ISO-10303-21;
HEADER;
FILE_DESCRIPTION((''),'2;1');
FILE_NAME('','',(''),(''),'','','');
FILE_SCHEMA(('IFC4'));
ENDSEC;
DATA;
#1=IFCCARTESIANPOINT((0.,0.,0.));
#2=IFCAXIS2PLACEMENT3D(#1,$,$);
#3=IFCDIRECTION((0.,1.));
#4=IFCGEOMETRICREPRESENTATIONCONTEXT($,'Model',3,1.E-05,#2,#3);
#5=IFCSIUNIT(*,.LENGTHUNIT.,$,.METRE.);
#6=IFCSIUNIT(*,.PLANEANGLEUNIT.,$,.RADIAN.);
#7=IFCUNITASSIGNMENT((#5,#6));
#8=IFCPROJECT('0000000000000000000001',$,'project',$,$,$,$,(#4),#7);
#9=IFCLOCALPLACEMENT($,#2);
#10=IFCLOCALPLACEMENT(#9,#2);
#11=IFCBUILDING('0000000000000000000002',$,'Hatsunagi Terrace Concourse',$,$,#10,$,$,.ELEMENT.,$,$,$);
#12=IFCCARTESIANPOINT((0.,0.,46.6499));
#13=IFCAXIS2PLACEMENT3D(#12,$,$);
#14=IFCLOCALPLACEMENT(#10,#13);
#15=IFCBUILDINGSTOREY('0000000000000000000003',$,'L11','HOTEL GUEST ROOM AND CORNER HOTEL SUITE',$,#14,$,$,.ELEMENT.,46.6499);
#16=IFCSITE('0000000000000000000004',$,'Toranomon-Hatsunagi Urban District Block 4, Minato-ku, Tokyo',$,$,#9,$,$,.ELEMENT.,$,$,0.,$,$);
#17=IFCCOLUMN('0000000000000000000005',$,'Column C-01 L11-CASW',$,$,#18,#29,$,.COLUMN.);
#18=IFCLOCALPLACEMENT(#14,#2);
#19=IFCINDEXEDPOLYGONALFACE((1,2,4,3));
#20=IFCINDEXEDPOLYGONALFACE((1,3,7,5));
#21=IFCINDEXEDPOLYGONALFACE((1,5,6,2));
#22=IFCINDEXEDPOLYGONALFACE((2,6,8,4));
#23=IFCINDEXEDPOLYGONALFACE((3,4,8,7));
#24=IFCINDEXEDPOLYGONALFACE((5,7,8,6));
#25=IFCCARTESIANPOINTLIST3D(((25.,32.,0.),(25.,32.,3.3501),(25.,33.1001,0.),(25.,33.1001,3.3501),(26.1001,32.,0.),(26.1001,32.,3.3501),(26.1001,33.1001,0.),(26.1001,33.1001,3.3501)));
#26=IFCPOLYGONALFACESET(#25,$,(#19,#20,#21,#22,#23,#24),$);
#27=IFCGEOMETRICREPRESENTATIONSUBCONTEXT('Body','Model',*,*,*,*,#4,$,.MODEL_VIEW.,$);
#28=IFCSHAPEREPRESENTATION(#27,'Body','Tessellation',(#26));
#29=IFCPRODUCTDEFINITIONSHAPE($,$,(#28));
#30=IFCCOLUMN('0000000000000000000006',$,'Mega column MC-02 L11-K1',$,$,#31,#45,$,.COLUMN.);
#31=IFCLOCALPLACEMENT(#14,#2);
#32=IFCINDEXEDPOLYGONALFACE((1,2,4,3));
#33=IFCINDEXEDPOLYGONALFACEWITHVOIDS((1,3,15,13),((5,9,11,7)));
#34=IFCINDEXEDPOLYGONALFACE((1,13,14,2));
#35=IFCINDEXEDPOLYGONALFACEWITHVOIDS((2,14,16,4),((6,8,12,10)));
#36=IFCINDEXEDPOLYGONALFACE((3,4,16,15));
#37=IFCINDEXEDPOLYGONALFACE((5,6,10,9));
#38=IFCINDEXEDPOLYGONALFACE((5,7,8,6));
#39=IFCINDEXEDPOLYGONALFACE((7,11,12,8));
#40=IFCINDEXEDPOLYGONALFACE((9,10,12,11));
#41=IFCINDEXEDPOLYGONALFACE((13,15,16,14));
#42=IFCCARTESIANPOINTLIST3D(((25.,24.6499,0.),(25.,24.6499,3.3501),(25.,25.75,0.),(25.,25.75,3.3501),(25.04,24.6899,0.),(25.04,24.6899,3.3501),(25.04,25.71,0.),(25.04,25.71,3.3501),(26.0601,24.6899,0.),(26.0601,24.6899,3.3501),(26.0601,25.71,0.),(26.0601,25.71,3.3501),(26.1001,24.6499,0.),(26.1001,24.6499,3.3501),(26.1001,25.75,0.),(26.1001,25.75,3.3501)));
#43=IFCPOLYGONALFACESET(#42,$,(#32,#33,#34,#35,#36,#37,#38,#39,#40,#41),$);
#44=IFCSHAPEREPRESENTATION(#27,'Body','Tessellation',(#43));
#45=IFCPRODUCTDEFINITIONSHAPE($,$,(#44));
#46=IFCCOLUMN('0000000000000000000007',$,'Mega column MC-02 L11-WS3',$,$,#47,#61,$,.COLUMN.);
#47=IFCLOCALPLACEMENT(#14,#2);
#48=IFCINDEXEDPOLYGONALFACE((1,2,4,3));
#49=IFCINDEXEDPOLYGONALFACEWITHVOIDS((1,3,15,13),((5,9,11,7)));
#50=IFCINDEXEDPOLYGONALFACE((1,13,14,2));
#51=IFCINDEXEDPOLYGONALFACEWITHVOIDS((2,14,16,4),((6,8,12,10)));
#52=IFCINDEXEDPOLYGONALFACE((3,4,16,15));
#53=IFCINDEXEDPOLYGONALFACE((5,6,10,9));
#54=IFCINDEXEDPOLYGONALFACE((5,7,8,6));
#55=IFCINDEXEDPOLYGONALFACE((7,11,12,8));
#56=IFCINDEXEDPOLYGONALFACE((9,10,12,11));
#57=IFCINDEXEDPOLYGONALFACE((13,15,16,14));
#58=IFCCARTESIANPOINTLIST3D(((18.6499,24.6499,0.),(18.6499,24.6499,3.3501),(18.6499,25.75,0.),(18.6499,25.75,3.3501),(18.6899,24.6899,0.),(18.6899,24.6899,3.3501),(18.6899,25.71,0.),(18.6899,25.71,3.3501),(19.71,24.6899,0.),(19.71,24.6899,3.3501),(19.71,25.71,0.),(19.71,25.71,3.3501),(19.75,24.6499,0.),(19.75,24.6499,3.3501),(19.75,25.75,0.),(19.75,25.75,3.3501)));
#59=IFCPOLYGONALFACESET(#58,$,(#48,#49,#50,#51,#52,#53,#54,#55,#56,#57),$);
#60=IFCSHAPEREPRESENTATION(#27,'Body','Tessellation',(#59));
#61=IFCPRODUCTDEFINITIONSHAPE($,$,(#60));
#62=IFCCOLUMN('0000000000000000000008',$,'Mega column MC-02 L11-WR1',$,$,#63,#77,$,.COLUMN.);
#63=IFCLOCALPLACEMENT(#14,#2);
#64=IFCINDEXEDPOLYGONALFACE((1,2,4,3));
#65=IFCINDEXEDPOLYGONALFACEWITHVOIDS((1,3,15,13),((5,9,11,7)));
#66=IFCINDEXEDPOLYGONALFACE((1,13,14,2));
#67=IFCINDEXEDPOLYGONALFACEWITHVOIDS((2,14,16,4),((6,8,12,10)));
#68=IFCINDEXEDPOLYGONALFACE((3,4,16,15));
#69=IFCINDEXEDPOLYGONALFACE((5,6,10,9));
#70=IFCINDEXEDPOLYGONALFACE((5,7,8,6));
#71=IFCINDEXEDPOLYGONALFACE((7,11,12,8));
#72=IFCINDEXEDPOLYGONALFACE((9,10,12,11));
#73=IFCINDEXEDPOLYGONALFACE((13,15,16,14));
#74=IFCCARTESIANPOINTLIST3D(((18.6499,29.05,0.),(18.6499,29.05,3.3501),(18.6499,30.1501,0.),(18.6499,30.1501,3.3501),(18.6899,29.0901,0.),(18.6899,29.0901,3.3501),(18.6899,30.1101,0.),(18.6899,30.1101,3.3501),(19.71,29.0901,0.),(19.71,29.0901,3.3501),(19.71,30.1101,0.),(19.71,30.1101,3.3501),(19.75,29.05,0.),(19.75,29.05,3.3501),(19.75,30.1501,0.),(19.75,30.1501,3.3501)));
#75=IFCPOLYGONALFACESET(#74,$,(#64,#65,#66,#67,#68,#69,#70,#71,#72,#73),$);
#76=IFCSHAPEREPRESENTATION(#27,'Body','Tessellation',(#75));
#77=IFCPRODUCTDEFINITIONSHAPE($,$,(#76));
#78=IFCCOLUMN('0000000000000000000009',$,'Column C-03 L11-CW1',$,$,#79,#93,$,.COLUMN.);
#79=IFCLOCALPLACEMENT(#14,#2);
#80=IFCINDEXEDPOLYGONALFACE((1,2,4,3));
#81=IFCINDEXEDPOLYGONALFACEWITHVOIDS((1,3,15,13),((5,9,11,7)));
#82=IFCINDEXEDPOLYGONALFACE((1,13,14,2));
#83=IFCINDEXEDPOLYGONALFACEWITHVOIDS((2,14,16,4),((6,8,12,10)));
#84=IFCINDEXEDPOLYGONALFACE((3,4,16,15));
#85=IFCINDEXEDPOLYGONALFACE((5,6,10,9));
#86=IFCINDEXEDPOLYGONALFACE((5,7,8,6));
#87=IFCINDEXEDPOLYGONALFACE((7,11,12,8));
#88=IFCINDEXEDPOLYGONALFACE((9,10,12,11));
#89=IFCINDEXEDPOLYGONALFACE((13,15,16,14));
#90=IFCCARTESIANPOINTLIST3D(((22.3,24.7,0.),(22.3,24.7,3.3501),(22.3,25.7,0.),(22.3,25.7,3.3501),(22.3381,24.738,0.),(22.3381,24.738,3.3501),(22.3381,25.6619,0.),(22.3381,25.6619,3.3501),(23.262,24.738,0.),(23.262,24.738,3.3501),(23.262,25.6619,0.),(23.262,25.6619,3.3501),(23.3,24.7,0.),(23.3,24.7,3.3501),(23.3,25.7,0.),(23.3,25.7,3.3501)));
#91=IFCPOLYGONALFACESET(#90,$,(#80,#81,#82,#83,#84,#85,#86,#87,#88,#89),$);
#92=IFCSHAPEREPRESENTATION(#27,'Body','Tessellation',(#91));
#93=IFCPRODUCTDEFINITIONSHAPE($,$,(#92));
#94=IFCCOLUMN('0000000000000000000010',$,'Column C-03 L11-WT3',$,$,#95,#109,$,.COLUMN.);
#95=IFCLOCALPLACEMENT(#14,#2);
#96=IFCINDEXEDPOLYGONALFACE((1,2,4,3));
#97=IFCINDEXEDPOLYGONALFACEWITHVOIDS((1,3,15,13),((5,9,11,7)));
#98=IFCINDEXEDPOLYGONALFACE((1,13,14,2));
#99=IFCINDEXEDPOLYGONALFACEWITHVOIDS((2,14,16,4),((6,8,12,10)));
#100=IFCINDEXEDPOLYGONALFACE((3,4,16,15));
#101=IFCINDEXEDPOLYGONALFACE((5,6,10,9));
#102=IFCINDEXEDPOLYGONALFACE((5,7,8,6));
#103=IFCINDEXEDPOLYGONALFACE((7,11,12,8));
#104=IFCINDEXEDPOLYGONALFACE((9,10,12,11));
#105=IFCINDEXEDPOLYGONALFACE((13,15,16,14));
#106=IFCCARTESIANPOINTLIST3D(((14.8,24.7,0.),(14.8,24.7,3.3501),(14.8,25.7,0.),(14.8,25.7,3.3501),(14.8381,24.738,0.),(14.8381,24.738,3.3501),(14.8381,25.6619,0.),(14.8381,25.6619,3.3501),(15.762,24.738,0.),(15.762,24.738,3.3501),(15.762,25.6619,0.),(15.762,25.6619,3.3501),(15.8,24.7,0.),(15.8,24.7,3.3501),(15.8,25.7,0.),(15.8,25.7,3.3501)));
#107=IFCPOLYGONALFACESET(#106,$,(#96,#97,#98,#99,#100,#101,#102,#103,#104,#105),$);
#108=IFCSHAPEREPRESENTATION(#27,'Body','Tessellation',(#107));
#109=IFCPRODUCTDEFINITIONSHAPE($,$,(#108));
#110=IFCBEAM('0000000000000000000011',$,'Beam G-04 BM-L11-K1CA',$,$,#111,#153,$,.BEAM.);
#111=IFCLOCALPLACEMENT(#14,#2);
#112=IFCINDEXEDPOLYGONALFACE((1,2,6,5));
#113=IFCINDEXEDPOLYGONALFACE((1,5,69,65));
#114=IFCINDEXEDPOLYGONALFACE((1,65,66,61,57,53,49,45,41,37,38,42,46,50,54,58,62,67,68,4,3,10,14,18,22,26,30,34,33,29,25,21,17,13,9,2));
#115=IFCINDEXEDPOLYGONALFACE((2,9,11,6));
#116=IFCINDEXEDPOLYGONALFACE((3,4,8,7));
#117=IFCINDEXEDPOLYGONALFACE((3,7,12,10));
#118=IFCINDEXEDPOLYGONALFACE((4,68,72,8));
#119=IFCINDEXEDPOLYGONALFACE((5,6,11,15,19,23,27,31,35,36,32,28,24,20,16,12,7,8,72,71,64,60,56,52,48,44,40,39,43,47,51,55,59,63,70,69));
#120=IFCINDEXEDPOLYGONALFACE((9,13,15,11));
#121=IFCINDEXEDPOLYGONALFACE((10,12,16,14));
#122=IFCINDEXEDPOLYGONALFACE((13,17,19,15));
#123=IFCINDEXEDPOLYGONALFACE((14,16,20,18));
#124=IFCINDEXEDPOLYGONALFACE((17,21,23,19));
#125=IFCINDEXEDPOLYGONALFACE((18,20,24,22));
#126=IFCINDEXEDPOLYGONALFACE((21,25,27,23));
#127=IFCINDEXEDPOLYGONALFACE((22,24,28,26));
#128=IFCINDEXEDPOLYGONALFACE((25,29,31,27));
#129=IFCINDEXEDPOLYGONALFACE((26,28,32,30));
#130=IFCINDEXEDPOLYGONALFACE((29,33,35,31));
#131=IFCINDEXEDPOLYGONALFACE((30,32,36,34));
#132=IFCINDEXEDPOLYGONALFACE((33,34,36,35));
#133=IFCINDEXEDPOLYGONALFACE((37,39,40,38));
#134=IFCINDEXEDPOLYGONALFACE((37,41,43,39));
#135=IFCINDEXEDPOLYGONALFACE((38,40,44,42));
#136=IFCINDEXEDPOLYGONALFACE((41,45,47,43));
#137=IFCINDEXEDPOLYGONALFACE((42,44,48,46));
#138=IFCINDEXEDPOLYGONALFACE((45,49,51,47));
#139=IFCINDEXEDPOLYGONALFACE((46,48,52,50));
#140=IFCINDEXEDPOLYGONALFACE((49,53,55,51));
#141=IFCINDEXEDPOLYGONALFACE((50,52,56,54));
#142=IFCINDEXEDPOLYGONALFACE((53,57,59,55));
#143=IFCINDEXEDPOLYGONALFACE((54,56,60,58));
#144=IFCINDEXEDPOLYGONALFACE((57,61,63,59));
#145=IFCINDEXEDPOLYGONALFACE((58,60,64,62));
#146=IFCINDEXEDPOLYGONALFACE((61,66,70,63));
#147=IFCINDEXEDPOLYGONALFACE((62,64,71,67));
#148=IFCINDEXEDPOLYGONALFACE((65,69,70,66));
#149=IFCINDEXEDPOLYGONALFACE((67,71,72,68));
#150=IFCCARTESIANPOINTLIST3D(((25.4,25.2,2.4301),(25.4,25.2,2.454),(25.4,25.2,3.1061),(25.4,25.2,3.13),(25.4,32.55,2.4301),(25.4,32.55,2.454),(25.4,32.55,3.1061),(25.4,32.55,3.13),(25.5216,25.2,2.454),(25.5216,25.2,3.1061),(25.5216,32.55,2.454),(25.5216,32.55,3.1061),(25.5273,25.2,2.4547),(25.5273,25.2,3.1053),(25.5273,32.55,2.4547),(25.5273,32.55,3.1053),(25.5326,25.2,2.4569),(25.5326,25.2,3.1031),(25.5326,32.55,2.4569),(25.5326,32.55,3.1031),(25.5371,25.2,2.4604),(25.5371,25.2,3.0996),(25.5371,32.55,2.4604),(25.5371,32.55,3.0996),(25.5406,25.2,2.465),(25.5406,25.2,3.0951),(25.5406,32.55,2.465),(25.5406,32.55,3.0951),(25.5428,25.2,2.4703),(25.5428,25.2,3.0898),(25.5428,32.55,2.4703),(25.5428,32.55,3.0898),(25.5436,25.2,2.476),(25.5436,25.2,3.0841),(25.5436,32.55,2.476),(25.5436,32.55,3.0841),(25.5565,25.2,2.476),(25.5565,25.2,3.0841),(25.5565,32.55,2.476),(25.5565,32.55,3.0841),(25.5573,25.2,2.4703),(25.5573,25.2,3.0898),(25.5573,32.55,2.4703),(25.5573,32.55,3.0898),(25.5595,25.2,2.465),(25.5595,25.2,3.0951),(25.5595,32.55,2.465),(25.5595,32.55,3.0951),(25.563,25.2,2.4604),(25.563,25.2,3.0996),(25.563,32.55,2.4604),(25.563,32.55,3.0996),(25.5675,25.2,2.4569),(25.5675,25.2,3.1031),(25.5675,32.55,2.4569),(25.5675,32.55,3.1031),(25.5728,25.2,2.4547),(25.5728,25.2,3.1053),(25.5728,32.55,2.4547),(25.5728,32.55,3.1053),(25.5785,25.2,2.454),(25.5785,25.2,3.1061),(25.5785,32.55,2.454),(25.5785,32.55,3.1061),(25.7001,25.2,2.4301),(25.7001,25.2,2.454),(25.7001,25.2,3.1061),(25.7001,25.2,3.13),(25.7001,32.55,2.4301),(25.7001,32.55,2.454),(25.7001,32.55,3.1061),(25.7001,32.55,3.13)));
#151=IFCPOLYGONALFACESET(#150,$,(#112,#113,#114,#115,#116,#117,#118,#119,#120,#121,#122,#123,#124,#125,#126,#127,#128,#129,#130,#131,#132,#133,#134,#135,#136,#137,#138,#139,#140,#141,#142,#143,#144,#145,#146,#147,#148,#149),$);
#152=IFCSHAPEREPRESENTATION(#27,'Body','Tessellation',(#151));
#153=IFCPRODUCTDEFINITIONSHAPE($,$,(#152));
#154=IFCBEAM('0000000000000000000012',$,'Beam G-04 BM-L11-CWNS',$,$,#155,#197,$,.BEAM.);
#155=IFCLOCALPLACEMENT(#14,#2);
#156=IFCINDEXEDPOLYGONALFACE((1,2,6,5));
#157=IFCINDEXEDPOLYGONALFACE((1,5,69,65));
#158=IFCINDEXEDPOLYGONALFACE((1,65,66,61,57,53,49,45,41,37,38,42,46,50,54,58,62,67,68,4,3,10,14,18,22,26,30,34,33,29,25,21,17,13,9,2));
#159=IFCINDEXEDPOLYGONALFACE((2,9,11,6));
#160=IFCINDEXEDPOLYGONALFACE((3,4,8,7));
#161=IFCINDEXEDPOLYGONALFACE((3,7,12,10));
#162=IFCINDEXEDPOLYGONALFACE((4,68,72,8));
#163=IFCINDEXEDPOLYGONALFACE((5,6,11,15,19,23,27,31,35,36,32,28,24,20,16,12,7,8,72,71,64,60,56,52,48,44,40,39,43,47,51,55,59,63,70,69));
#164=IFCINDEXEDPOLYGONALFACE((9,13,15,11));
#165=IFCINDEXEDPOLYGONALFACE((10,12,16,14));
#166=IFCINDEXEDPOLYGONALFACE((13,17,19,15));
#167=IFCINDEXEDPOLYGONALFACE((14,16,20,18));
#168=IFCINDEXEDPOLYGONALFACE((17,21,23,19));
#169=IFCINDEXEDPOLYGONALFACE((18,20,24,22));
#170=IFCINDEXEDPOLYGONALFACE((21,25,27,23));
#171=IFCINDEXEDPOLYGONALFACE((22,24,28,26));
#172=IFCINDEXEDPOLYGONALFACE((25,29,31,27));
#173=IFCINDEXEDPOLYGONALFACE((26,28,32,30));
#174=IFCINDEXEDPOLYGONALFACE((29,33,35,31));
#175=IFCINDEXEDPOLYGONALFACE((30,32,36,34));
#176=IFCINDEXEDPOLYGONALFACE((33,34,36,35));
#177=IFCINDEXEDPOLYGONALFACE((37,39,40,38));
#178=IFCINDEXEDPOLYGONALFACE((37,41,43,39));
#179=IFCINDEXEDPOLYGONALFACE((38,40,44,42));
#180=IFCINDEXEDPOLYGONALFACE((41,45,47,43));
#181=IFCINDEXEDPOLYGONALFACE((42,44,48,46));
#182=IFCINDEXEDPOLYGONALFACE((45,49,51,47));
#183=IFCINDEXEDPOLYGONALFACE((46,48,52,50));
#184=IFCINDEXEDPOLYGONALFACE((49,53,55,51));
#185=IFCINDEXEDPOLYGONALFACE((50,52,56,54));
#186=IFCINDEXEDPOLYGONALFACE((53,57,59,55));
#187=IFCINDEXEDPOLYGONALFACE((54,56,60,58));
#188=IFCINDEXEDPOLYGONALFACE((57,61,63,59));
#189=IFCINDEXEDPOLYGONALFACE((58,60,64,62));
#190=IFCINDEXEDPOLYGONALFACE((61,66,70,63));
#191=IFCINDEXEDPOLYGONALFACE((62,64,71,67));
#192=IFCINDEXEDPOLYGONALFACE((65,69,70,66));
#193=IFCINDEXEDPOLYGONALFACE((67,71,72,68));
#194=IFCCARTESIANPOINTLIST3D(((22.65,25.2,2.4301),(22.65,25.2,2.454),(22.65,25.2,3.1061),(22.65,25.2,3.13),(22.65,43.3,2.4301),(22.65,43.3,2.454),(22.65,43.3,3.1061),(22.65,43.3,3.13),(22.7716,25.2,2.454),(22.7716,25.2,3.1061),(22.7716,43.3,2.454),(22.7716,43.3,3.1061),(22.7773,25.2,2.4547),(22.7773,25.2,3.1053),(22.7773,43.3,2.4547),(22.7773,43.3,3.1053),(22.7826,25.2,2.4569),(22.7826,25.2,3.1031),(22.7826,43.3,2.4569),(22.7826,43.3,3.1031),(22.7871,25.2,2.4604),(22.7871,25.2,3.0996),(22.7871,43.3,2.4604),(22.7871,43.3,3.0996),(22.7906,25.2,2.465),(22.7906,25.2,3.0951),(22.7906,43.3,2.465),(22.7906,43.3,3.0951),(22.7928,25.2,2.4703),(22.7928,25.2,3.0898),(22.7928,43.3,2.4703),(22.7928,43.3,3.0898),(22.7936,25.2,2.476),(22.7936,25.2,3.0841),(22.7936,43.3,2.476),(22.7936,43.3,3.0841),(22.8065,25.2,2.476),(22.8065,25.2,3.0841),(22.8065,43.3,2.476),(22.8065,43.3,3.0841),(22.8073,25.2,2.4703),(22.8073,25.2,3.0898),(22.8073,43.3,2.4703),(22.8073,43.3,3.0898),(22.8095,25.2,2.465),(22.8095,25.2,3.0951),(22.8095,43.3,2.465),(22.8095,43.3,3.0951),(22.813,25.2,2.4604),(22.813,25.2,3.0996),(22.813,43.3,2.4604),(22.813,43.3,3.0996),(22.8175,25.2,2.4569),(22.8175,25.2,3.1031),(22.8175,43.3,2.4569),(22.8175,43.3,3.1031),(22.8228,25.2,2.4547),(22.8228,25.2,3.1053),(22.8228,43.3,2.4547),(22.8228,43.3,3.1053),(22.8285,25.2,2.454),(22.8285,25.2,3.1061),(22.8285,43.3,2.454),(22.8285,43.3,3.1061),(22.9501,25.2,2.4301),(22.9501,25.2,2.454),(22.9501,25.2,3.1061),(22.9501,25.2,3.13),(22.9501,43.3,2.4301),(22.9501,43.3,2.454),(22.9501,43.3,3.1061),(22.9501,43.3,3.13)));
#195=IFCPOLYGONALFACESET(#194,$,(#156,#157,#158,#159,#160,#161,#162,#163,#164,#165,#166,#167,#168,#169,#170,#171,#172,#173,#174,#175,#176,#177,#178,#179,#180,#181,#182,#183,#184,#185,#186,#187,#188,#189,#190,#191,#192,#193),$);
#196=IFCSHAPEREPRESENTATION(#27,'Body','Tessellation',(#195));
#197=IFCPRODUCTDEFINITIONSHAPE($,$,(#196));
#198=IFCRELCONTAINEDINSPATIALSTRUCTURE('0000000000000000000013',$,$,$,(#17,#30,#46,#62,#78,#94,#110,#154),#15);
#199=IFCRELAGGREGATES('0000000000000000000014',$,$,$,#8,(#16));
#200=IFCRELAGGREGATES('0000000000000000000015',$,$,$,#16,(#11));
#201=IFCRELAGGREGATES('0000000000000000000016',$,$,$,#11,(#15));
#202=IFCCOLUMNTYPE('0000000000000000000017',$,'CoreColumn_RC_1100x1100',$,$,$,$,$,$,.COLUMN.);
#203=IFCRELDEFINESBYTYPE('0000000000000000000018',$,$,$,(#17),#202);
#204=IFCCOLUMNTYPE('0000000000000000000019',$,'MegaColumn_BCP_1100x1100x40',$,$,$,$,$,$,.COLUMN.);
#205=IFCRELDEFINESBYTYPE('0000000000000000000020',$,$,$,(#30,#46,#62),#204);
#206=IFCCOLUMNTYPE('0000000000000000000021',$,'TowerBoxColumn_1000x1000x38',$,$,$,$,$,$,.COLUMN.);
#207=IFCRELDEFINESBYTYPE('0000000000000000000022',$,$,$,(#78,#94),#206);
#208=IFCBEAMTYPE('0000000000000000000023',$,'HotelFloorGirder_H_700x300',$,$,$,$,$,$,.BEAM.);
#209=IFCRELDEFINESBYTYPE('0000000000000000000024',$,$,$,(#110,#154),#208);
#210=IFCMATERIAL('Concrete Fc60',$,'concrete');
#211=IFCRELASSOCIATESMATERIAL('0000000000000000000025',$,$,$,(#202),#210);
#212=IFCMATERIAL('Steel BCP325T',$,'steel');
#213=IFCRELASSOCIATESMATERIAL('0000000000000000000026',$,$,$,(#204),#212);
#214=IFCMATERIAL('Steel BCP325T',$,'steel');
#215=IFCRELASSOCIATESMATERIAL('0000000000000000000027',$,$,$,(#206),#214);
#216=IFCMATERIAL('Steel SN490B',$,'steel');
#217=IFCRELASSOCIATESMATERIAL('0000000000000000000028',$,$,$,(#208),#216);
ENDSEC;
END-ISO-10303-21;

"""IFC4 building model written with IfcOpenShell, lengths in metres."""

from ifc_helpers import new_model, si_unit, direction, frame, origin, origin_2d, place, context, subcontext, project, spatial, rectangle, hollow_rectangle, i_section, extrude, material, material_profile, profile_set, type_object, element, save


model = new_model("IFC4")

# Units and contexts
model_context = context("Model", 3, precision=1e-05, world=origin(), true_north=direction((0.0, 1.0)))
body_context = subcontext(model_context, "Body", "Model", "MODEL_VIEW")
ifc_project = project(units=[si_unit("LENGTHUNIT", "METRE"), si_unit("PLANEANGLEUNIT", "RADIAN")], contexts=[model_context])

# Site, building, storey
site_placement = place(None, origin())
site = spatial("IfcSite", under=ifc_project, at=site_placement, Name="Toranomon-Hatsunagi Urban District Block 4, Minato-ku, Tokyo", CompositionType="ELEMENT", RefElevation=0.0)
building_placement = place(site_placement, origin())
building = spatial("IfcBuilding", under=site, at=building_placement, Name="Hatsunagi Terrace Concourse", CompositionType="ELEMENT")
storey_placement = place(building_placement, frame((0.0, 0.0, 46.6499)))
storey = spatial("IfcBuildingStorey", under=building, at=storey_placement, Name="L11", Description="HOTEL GUEST ROOM AND CORNER HOTEL SUITE", CompositionType="ELEMENT", Elevation=46.6499)

# Columns
ifc_material_1 = material(Name="Concrete Fc60", Category="concrete")
ifc_material_profile_1 = material_profile(ifc_material_1, rectangle(XDim=1.1001, YDim=1.1001, at=origin_2d()), Name="RC-1100x1100")
ifc_profile_set_1 = profile_set([ifc_material_profile_1], Name="Concrete Fc60")
column_type_1 = type_object("IfcColumnType", Name="CoreColumn_RC_1100x1100", PredefinedType="COLUMN", material=ifc_profile_set_1)
column_placement = place(storey_placement, frame((25.55, 32.55, 0.0), z_axis=(0.0, 0.0, 1.0), x_axis=(1.0, 0.0, 0.0)))
element("IfcColumn", 1, at=column_placement, inside=storey, type_object=column_type_1, Name="Column C-01 L11-CASW", PredefinedType="COLUMN", context=body_context, shape_type="SweptSolid", body=[
    extrude(rectangle(XDim=1.1001, YDim=1.1001, at=origin_2d()), origin(), (0.0, 0.0, 1.0), 3.3501),
])
ifc_material_2 = material(Name="Steel BCP325T", Category="steel")
ifc_material_profile_2 = material_profile(ifc_material_2, hollow_rectangle(XDim=1.1001, YDim=1.1001, WallThickness=0.04, at=origin_2d()), Name="BCP-1100x1100x40")
ifc_profile_set_2 = profile_set([ifc_material_profile_2], Name="Steel BCP325T")
column_type_2 = type_object("IfcColumnType", Name="MegaColumn_BCP_1100x1100x40", PredefinedType="COLUMN", material=ifc_profile_set_2)
for number, where, z_axis, x_axis, name in (
    (2, (25.55, 25.2, 0.0), (0.0, 0.0, 1.0), (1.0, 0.0, 0.0), "Mega column MC-02 L11-K1"),
    (3, (19.2, 25.2, 0.0), (0.0, 0.0, 1.0), (1.0, 0.0, 0.0), "Mega column MC-02 L11-WS3"),
    (4, (19.2, 29.6001, 0.0), (0.0, 0.0, 1.0), (1.0, 0.0, 0.0), "Mega column MC-02 L11-WR1"),
):
    element("IfcColumn", number, at=place(storey_placement, frame(where, z_axis=z_axis, x_axis=x_axis)), inside=storey, type_object=column_type_2, Name=name, PredefinedType="COLUMN", context=body_context, shape_type="SweptSolid", body=[
        extrude(hollow_rectangle(XDim=1.1001, YDim=1.1001, WallThickness=0.04, at=origin_2d()), origin(), (0.0, 0.0, 1.0), 3.3501),
    ])
ifc_material_3 = material(Name="Steel BCP325T", Category="steel")
ifc_material_profile_3 = material_profile(ifc_material_3, hollow_rectangle(XDim=1.0, YDim=1.0, WallThickness=0.0381, at=origin_2d()), Name="BCP-1000x1000x38")
ifc_profile_set_3 = profile_set([ifc_material_profile_3], Name="Steel BCP325T")
column_type_3 = type_object("IfcColumnType", Name="TowerBoxColumn_1000x1000x38", PredefinedType="COLUMN", material=ifc_profile_set_3)
for number, where, z_axis, x_axis, name in (
    (5, (22.8, 25.2, 0.0), (0.0, 0.0, 1.0), (1.0, 0.0, 0.0), "Column C-03 L11-CW1"),
    (6, (15.3, 25.2, 0.0), (0.0, 0.0, 1.0), (1.0, 0.0, 0.0), "Column C-03 L11-WT3"),
):
    element("IfcColumn", number, at=place(storey_placement, frame(where, z_axis=z_axis, x_axis=x_axis)), inside=storey, type_object=column_type_3, Name=name, PredefinedType="COLUMN", context=body_context, shape_type="SweptSolid", body=[
        extrude(hollow_rectangle(XDim=1.0, YDim=1.0, WallThickness=0.0381, at=origin_2d()), origin(), (0.0, 0.0, 1.0), 3.3501),
    ])

# Beams
ifc_material_4 = material(Name="Steel SN490B", Category="steel")
ifc_material_profile_4 = material_profile(ifc_material_4, i_section(OverallWidth=0.3, OverallDepth=0.7, WebThickness=0.0129, FlangeThickness=0.0239, FilletRadius=0.022, at=origin_2d()), Name="H-700x300x13x24")
ifc_profile_set_4 = profile_set([ifc_material_profile_4], Name="Steel SN490B")
beam_type_1 = type_object("IfcBeamType", Name="HotelFloorGirder_H_700x300", PredefinedType="BEAM", material=ifc_profile_set_4)
beam_1_placement = place(storey_placement, frame((25.55, 25.2, 2.78), z_axis=(0.0, 1.0, 0.0), x_axis=(-1.0, 0.0, 0.0)))
element("IfcBeam", 7, at=beam_1_placement, inside=storey, type_object=beam_type_1, Name="Beam G-04 BM-L11-K1CA", PredefinedType="BEAM", context=body_context, shape_type="SweptSolid", body=[
    extrude(i_section(OverallWidth=0.3, OverallDepth=0.7, WebThickness=0.0129, FlangeThickness=0.0239, FilletRadius=0.022, at=origin_2d()), origin(), (0.0, 0.0, 1.0), 7.3501),
])
beam_2_placement = place(storey_placement, frame((22.8, 25.2, 2.78), z_axis=(0.0, 1.0, 0.0), x_axis=(-1.0, 0.0, 0.0)))
element("IfcBeam", 8, at=beam_2_placement, inside=storey, type_object=beam_type_1, Name="Beam G-04 BM-L11-CWNS", PredefinedType="BEAM", context=body_context, shape_type="SweptSolid", body=[
    extrude(i_section(OverallWidth=0.3, OverallDepth=0.7, WebThickness=0.0129, FlangeThickness=0.0239, FilletRadius=0.022, at=origin_2d()), origin(), (0.0, 0.0, 1.0), 18.1001),
])

save(model, "model.ifc")
